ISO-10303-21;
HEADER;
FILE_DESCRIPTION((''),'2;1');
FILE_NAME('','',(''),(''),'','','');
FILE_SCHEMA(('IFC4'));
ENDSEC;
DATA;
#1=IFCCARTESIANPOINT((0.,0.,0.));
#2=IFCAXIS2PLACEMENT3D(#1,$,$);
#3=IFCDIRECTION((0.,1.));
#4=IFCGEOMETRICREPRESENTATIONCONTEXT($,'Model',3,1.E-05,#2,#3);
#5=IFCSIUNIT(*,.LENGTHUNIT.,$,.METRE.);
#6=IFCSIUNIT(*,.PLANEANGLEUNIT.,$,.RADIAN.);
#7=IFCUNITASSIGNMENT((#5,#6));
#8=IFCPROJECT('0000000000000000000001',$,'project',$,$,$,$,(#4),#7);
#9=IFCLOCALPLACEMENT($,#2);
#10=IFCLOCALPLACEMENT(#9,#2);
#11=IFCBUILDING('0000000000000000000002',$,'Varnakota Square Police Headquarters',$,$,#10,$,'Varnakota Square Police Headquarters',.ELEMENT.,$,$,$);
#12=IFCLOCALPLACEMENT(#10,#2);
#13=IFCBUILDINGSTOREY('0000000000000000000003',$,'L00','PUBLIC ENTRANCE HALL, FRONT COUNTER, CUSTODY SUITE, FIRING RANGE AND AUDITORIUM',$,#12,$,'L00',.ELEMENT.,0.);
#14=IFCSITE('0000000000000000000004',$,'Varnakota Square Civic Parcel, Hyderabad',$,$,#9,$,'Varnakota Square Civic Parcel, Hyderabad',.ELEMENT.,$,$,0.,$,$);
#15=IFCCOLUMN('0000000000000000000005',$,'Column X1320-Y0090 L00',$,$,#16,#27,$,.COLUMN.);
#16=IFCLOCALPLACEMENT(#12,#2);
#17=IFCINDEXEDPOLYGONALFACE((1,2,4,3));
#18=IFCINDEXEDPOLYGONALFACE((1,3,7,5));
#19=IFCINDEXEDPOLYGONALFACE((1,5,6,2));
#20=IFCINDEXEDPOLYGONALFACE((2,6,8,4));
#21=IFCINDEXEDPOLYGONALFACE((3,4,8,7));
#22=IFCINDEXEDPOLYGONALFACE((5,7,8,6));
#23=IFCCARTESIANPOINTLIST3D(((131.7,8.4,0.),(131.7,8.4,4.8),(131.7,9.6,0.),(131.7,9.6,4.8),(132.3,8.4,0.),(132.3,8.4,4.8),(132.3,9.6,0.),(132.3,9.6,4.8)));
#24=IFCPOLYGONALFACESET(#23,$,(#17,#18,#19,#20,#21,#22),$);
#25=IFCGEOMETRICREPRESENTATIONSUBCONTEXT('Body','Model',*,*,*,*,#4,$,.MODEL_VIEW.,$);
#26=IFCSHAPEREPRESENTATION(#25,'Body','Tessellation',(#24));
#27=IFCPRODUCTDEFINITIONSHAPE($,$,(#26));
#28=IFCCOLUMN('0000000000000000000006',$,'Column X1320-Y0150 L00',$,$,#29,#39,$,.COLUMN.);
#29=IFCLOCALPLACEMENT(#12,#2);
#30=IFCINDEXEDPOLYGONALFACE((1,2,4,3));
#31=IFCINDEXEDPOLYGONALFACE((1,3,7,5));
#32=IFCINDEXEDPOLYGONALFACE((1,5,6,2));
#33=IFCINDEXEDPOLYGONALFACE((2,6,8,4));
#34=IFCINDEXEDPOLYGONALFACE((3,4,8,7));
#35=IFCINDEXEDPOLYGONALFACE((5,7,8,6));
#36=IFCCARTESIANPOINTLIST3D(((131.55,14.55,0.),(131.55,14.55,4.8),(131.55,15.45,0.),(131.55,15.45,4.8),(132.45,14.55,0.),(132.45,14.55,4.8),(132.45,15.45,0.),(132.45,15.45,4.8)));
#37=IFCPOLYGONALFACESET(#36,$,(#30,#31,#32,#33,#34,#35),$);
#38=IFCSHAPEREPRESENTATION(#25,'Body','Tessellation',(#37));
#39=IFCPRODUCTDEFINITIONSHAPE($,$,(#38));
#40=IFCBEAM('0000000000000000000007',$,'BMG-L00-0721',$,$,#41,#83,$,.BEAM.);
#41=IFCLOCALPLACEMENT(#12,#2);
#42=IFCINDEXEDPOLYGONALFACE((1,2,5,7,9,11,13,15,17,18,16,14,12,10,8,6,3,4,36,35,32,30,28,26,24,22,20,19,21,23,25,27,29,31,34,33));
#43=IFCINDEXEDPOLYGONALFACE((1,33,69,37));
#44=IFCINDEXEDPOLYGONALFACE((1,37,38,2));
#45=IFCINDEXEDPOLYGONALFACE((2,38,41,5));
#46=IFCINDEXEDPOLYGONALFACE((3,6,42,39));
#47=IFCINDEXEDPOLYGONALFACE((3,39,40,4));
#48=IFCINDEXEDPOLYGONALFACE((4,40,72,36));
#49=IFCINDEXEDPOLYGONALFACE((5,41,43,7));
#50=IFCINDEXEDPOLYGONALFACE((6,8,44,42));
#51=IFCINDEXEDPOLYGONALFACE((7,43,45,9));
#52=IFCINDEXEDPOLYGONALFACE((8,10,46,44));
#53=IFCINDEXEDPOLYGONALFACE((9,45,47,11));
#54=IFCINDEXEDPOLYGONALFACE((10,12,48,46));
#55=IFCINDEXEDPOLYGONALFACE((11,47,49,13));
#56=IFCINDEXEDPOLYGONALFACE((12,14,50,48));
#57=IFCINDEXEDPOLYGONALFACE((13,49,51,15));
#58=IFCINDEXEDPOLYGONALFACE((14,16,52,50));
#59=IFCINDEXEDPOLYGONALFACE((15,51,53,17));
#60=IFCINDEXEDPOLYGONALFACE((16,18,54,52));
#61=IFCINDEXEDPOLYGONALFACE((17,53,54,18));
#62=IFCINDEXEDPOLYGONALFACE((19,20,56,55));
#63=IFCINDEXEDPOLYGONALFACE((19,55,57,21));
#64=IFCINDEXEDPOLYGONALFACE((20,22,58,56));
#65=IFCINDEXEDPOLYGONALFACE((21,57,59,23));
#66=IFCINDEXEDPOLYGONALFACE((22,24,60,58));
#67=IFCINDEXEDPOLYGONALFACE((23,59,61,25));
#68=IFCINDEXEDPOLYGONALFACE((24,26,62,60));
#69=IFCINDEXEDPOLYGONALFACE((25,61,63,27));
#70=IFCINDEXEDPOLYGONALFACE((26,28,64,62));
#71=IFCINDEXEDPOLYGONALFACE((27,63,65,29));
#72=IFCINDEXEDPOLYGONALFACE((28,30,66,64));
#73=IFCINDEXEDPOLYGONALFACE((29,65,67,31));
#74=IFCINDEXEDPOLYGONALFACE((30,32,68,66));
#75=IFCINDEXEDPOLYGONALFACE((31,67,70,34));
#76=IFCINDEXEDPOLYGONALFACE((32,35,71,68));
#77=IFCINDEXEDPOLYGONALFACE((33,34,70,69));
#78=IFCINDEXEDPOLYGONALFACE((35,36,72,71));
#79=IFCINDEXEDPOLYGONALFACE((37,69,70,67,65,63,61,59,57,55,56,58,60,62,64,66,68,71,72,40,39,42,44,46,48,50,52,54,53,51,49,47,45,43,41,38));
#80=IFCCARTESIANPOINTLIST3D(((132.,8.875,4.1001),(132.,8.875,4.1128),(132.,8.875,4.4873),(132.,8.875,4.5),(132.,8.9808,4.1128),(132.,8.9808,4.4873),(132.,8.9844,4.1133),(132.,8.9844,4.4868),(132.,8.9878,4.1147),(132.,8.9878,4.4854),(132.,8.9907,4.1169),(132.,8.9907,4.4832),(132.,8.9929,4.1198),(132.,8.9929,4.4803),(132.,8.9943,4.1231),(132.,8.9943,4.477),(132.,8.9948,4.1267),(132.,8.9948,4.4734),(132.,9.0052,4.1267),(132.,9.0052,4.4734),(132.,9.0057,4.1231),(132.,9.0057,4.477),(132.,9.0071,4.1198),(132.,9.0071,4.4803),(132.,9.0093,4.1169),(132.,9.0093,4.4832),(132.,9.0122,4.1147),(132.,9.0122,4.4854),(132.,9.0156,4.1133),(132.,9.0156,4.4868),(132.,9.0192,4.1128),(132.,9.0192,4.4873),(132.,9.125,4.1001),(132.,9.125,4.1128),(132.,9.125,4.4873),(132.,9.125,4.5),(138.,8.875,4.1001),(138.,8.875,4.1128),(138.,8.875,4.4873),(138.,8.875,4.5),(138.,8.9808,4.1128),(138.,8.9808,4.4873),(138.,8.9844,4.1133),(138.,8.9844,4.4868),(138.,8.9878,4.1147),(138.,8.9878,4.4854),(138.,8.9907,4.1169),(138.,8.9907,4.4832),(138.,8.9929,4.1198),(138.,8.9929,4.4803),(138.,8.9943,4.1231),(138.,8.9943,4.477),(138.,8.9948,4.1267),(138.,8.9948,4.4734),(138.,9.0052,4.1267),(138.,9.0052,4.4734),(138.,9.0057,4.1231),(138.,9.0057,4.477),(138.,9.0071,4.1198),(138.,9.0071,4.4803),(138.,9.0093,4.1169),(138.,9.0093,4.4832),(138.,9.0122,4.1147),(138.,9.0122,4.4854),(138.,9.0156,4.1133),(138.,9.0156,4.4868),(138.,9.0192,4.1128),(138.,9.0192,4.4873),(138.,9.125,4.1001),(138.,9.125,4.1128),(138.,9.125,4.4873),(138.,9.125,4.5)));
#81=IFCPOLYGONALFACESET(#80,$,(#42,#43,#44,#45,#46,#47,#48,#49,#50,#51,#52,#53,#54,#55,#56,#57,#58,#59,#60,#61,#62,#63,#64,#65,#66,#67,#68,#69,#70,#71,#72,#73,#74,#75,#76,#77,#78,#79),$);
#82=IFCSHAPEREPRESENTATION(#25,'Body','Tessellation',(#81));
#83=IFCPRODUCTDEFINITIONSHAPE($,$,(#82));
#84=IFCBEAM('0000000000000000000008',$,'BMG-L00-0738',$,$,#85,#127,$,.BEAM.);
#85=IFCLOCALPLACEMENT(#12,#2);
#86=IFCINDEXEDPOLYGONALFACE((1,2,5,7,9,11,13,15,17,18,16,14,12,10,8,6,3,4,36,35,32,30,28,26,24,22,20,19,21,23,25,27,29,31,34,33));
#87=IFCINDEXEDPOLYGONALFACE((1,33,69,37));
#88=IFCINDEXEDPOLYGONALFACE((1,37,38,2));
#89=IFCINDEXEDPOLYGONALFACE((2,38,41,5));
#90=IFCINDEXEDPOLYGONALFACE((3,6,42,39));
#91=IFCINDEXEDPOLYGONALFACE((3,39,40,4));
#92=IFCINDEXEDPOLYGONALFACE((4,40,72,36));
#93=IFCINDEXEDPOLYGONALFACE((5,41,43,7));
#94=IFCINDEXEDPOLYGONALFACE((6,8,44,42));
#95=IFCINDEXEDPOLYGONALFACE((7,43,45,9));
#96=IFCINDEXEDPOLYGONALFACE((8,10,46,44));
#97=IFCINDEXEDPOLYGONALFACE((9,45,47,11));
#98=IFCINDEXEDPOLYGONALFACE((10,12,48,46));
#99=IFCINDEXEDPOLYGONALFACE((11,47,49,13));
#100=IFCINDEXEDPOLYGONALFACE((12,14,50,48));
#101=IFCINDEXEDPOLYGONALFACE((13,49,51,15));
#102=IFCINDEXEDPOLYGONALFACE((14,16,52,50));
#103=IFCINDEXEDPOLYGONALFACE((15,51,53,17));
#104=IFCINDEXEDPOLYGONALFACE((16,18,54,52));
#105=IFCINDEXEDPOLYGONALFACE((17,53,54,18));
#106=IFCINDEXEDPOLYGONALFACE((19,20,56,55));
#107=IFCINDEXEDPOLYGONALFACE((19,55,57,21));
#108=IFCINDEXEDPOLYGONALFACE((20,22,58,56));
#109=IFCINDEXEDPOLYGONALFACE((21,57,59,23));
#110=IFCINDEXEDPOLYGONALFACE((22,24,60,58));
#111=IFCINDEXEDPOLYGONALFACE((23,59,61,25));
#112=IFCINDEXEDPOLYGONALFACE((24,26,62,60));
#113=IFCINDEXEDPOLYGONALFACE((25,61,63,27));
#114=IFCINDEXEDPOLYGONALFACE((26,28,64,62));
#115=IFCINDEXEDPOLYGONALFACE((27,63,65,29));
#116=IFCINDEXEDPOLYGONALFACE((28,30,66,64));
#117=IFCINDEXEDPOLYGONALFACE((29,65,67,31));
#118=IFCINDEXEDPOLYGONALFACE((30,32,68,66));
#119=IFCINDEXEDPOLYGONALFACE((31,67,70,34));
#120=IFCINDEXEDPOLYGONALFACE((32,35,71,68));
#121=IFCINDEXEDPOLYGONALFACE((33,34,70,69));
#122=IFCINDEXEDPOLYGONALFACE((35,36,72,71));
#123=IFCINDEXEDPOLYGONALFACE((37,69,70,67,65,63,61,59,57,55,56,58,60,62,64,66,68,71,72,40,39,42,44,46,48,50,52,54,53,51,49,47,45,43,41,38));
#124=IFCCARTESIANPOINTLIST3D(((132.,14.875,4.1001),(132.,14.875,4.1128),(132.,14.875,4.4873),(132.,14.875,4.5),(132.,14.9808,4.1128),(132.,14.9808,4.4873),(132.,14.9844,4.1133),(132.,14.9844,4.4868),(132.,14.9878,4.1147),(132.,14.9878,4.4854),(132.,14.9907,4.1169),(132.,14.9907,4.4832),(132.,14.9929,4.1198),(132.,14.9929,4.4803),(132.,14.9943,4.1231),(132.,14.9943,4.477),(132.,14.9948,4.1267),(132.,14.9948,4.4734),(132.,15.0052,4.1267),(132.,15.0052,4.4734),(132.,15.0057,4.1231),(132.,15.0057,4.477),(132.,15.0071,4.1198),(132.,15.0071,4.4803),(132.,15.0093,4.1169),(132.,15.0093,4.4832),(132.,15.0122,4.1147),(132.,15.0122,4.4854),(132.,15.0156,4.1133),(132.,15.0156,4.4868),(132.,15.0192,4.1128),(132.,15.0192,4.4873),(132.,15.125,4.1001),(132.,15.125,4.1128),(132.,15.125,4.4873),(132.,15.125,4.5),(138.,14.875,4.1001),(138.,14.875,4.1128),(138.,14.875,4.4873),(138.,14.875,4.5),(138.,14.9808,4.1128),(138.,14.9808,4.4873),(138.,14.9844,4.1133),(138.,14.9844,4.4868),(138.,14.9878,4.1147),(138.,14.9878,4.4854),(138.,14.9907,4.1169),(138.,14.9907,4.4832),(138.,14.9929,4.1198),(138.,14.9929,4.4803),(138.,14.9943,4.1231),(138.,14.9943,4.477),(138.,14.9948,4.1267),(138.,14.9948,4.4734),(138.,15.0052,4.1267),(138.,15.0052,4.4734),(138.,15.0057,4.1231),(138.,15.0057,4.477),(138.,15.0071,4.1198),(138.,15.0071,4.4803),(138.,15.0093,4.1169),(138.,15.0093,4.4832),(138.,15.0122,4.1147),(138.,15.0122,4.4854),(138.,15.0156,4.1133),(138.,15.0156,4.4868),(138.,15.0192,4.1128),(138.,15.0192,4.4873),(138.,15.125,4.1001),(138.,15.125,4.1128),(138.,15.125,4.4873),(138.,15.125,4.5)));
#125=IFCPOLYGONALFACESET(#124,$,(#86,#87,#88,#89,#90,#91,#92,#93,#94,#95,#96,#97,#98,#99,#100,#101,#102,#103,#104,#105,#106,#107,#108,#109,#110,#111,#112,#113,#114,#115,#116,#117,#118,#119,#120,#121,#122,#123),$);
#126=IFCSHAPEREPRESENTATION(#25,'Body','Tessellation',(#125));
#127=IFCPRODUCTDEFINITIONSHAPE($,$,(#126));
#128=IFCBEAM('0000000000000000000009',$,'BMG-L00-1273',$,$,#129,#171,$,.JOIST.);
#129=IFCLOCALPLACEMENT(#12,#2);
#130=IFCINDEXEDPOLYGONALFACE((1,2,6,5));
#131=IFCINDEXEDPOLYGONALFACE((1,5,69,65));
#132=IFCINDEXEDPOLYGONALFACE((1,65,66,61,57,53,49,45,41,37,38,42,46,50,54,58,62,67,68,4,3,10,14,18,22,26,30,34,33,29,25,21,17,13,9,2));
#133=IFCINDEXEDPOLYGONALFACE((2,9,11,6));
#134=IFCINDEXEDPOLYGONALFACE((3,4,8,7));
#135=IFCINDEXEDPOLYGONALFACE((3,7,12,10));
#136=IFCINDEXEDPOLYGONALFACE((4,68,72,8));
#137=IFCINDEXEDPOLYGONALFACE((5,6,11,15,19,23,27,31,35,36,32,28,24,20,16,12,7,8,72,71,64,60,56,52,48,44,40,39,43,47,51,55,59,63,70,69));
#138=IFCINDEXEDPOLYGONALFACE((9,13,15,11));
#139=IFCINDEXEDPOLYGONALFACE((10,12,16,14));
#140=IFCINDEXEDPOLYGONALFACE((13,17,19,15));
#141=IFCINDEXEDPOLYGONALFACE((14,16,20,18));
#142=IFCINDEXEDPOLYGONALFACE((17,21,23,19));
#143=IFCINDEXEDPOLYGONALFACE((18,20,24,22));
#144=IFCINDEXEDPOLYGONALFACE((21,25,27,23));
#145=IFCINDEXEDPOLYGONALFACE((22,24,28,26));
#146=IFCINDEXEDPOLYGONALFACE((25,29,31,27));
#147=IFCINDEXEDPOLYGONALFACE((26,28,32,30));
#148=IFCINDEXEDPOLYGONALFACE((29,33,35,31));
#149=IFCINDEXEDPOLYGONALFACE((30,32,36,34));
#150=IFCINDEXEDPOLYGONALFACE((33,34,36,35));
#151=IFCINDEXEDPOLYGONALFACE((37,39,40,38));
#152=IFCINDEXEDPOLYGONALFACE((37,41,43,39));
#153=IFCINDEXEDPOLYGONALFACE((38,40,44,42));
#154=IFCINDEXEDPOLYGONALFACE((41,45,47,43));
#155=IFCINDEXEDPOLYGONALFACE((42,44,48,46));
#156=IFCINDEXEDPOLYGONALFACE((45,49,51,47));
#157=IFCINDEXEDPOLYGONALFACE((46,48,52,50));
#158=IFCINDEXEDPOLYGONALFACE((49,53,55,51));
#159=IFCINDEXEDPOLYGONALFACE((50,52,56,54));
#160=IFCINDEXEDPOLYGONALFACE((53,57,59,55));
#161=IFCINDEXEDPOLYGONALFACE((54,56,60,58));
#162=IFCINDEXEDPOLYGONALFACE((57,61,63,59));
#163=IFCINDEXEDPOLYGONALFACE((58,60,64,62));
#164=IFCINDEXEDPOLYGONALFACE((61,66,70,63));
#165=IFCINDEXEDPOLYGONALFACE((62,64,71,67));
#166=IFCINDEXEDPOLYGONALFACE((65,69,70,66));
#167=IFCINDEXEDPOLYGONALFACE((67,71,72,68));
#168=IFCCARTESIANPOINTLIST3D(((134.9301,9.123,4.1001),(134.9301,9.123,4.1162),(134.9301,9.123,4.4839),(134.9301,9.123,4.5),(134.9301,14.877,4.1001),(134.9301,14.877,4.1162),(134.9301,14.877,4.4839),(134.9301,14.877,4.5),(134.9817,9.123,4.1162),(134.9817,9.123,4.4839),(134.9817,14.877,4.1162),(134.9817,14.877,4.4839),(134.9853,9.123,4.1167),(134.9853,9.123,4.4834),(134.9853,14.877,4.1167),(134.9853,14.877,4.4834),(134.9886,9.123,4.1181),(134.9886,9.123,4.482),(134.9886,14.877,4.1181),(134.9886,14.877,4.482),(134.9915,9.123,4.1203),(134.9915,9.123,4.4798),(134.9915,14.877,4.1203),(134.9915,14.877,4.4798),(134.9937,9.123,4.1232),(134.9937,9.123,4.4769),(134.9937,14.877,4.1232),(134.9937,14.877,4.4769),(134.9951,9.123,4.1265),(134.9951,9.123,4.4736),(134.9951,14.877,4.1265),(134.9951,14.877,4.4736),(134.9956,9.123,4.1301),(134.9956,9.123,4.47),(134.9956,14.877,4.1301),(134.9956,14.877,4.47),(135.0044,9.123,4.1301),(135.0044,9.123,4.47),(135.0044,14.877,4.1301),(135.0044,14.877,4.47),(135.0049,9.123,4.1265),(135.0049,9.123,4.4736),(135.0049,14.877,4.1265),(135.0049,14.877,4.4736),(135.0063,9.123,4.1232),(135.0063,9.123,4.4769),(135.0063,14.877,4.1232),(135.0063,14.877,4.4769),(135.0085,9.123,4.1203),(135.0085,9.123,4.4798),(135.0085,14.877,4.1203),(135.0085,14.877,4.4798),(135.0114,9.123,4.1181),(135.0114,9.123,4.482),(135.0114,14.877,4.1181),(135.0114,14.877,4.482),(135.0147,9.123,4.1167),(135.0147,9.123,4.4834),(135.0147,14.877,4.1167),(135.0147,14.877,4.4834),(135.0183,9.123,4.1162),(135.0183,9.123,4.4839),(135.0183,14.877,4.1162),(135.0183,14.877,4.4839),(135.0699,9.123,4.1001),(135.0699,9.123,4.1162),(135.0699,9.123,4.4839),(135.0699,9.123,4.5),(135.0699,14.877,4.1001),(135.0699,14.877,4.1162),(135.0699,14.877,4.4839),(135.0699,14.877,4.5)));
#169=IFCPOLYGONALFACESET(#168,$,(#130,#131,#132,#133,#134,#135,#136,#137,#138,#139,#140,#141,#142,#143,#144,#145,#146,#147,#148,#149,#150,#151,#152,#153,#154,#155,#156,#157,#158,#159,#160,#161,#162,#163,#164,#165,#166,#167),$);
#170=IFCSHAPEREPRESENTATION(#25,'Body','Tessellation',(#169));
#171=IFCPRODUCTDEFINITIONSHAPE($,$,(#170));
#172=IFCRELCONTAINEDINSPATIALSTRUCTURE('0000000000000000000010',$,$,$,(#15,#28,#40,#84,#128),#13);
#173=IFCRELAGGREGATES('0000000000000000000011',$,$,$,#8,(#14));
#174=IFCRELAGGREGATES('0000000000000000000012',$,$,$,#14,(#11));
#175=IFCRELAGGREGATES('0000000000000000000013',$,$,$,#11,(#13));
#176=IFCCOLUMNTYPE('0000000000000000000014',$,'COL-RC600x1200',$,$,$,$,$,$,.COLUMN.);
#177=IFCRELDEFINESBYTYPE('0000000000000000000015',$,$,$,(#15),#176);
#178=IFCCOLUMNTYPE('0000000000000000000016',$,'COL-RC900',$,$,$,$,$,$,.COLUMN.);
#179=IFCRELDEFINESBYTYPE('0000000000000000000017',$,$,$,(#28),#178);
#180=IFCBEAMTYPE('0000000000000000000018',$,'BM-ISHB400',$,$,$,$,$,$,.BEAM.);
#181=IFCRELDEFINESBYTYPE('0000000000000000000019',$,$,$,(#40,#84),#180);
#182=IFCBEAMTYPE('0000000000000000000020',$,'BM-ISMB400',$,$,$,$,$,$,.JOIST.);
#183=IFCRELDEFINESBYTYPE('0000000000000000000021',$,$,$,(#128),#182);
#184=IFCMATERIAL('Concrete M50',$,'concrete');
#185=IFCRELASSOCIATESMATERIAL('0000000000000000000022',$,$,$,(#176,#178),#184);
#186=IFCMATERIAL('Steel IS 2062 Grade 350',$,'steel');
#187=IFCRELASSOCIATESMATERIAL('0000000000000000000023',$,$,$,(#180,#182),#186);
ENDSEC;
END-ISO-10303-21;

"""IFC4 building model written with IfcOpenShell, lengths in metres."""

from ifc_helpers import new_model, si_unit, direction, frame, origin, origin_2d, place, context, subcontext, project, spatial, rectangle, i_section, extrude, material, material_profile, profile_set, type_object, element, save


model = new_model("IFC4")

# Units and contexts
model_context = context("Model", 3, precision=1e-05, world=origin(), true_north=direction((0.0, 1.0)))
body_context = subcontext(model_context, "Body", "Model", "MODEL_VIEW")
ifc_project = project(units=[si_unit("LENGTHUNIT", "METRE"), si_unit("PLANEANGLEUNIT", "RADIAN")], contexts=[model_context])

# Site, building, storey
site_placement = place(None, origin())
site = spatial("IfcSite", under=ifc_project, at=site_placement, Name="Varnakota Square Civic Parcel, Hyderabad", LongName="Varnakota Square Civic Parcel, Hyderabad", CompositionType="ELEMENT", RefElevation=0.0)
building_placement = place(site_placement, origin())
building = spatial("IfcBuilding", under=site, at=building_placement, Name="Varnakota Square Police Headquarters", LongName="Varnakota Square Police Headquarters", CompositionType="ELEMENT")
storey_placement = place(building_placement, origin())
storey = spatial("IfcBuildingStorey", under=building, at=storey_placement, Name="L00", Description="PUBLIC ENTRANCE HALL, FRONT COUNTER, CUSTODY SUITE, FIRING RANGE AND AUDITORIUM", LongName="L00", CompositionType="ELEMENT", Elevation=0.0)

# Columns
ifc_material_1 = material(Name="Concrete M50", Category="concrete")
ifc_material_profile_1 = material_profile(ifc_material_1, rectangle(XDim=0.6001, YDim=1.2, at=origin_2d()), Name="RC 600x1200")
ifc_profile_set_1 = profile_set([ifc_material_profile_1], Name="Concrete M50")
column_type_1 = type_object("IfcColumnType", Name="COL-RC600x1200", PredefinedType="COLUMN", material=ifc_profile_set_1)
column_1_placement = place(storey_placement, frame((132.0, 9.0, 0.0), z_axis=(0.0, 0.0, 1.0), x_axis=(1.0, 0.0, 0.0)))
element("IfcColumn", 1, at=column_1_placement, inside=storey, type_object=column_type_1, Name="Column X1320-Y0090 L00", PredefinedType="COLUMN", context=body_context, shape_type="SweptSolid", body=[
    extrude(rectangle(XDim=0.6001, YDim=1.2, at=origin_2d()), origin(), (0.0, 0.0, 1.0), 4.8),
])
ifc_material_profile_2 = material_profile(ifc_material_1, rectangle(XDim=0.8999, YDim=0.8999, at=origin_2d()), Name="RC 900x900")
ifc_profile_set_2 = profile_set([ifc_material_profile_2], Name="Concrete M50")
column_type_2 = type_object("IfcColumnType", Name="COL-RC900", PredefinedType="COLUMN", material=ifc_profile_set_2)
column_2_placement = place(storey_placement, frame((132.0, 15.0, 0.0), z_axis=(0.0, 0.0, 1.0), x_axis=(1.0, 0.0, 0.0)))
element("IfcColumn", 2, at=column_2_placement, inside=storey, type_object=column_type_2, Name="Column X1320-Y0150 L00", PredefinedType="COLUMN", context=body_context, shape_type="SweptSolid", body=[
    extrude(rectangle(XDim=0.8999, YDim=0.8999, at=origin_2d()), origin(), (0.0, 0.0, 1.0), 4.8),
])

# Beams
ifc_material_2 = material(Name="Steel IS 2062 Grade 350", Category="steel")
ifc_material_profile_3 = material_profile(ifc_material_2, i_section(OverallWidth=0.25, OverallDepth=0.3999, WebThickness=0.0105, FlangeThickness=0.0127, FilletRadius=0.0139, at=origin_2d()), Name="ISHB 400")
ifc_profile_set_3 = profile_set([ifc_material_profile_3], Name="Steel IS 2062 Grade 350")
beam_type_1 = type_object("IfcBeamType", Name="BM-ISHB400", PredefinedType="BEAM", material=ifc_profile_set_3)
for number, where, z_axis, x_axis, name in (
    (3, (132.0, 9.0, 4.3), (1.0, 0.0, 0.0), (0.0, 1.0, 0.0), "BMG-L00-0721"),
    (4, (132.0, 15.0, 4.3), (1.0, 0.0, 0.0), (0.0, 1.0, 0.0), "BMG-L00-0738"),
):
    element("IfcBeam", number, at=place(storey_placement, frame(where, z_axis=z_axis, x_axis=x_axis)), inside=storey, type_object=beam_type_1, Name=name, PredefinedType="BEAM", context=body_context, shape_type="SweptSolid", body=[
        extrude(i_section(OverallWidth=0.25, OverallDepth=0.3999, WebThickness=0.0105, FlangeThickness=0.0127, FilletRadius=0.0139, at=origin_2d()), origin(), (0.0, 0.0, 1.0), 6.0),
    ])
ifc_material_profile_4 = material_profile(ifc_material_2, i_section(OverallWidth=0.1399, OverallDepth=0.3999, WebThickness=0.0088, FlangeThickness=0.0161, FilletRadius=0.0139, at=origin_2d()), Name="ISMB 400")
ifc_profile_set_4 = profile_set([ifc_material_profile_4], Name="Steel IS 2062 Grade 350")
beam_type_2 = type_object("IfcBeamType", Name="BM-ISMB400", PredefinedType="JOIST", material=ifc_profile_set_4)
beam_1_placement = place(storey_placement, frame((135.0, 9.123, 4.3), z_axis=(0.0, 1.0, 0.0), x_axis=(-1.0, 0.0, 0.0)))
element("IfcBeam", 5, at=beam_1_placement, inside=storey, type_object=beam_type_2, Name="BMG-L00-1273", PredefinedType="JOIST", context=body_context, shape_type="SweptSolid", body=[
    extrude(i_section(OverallWidth=0.1399, OverallDepth=0.3999, WebThickness=0.0088, FlangeThickness=0.0161, FilletRadius=0.0139, at=origin_2d()), origin(), (0.0, 0.0, 1.0), 5.7539),
])

save(model, "model.ifc")
